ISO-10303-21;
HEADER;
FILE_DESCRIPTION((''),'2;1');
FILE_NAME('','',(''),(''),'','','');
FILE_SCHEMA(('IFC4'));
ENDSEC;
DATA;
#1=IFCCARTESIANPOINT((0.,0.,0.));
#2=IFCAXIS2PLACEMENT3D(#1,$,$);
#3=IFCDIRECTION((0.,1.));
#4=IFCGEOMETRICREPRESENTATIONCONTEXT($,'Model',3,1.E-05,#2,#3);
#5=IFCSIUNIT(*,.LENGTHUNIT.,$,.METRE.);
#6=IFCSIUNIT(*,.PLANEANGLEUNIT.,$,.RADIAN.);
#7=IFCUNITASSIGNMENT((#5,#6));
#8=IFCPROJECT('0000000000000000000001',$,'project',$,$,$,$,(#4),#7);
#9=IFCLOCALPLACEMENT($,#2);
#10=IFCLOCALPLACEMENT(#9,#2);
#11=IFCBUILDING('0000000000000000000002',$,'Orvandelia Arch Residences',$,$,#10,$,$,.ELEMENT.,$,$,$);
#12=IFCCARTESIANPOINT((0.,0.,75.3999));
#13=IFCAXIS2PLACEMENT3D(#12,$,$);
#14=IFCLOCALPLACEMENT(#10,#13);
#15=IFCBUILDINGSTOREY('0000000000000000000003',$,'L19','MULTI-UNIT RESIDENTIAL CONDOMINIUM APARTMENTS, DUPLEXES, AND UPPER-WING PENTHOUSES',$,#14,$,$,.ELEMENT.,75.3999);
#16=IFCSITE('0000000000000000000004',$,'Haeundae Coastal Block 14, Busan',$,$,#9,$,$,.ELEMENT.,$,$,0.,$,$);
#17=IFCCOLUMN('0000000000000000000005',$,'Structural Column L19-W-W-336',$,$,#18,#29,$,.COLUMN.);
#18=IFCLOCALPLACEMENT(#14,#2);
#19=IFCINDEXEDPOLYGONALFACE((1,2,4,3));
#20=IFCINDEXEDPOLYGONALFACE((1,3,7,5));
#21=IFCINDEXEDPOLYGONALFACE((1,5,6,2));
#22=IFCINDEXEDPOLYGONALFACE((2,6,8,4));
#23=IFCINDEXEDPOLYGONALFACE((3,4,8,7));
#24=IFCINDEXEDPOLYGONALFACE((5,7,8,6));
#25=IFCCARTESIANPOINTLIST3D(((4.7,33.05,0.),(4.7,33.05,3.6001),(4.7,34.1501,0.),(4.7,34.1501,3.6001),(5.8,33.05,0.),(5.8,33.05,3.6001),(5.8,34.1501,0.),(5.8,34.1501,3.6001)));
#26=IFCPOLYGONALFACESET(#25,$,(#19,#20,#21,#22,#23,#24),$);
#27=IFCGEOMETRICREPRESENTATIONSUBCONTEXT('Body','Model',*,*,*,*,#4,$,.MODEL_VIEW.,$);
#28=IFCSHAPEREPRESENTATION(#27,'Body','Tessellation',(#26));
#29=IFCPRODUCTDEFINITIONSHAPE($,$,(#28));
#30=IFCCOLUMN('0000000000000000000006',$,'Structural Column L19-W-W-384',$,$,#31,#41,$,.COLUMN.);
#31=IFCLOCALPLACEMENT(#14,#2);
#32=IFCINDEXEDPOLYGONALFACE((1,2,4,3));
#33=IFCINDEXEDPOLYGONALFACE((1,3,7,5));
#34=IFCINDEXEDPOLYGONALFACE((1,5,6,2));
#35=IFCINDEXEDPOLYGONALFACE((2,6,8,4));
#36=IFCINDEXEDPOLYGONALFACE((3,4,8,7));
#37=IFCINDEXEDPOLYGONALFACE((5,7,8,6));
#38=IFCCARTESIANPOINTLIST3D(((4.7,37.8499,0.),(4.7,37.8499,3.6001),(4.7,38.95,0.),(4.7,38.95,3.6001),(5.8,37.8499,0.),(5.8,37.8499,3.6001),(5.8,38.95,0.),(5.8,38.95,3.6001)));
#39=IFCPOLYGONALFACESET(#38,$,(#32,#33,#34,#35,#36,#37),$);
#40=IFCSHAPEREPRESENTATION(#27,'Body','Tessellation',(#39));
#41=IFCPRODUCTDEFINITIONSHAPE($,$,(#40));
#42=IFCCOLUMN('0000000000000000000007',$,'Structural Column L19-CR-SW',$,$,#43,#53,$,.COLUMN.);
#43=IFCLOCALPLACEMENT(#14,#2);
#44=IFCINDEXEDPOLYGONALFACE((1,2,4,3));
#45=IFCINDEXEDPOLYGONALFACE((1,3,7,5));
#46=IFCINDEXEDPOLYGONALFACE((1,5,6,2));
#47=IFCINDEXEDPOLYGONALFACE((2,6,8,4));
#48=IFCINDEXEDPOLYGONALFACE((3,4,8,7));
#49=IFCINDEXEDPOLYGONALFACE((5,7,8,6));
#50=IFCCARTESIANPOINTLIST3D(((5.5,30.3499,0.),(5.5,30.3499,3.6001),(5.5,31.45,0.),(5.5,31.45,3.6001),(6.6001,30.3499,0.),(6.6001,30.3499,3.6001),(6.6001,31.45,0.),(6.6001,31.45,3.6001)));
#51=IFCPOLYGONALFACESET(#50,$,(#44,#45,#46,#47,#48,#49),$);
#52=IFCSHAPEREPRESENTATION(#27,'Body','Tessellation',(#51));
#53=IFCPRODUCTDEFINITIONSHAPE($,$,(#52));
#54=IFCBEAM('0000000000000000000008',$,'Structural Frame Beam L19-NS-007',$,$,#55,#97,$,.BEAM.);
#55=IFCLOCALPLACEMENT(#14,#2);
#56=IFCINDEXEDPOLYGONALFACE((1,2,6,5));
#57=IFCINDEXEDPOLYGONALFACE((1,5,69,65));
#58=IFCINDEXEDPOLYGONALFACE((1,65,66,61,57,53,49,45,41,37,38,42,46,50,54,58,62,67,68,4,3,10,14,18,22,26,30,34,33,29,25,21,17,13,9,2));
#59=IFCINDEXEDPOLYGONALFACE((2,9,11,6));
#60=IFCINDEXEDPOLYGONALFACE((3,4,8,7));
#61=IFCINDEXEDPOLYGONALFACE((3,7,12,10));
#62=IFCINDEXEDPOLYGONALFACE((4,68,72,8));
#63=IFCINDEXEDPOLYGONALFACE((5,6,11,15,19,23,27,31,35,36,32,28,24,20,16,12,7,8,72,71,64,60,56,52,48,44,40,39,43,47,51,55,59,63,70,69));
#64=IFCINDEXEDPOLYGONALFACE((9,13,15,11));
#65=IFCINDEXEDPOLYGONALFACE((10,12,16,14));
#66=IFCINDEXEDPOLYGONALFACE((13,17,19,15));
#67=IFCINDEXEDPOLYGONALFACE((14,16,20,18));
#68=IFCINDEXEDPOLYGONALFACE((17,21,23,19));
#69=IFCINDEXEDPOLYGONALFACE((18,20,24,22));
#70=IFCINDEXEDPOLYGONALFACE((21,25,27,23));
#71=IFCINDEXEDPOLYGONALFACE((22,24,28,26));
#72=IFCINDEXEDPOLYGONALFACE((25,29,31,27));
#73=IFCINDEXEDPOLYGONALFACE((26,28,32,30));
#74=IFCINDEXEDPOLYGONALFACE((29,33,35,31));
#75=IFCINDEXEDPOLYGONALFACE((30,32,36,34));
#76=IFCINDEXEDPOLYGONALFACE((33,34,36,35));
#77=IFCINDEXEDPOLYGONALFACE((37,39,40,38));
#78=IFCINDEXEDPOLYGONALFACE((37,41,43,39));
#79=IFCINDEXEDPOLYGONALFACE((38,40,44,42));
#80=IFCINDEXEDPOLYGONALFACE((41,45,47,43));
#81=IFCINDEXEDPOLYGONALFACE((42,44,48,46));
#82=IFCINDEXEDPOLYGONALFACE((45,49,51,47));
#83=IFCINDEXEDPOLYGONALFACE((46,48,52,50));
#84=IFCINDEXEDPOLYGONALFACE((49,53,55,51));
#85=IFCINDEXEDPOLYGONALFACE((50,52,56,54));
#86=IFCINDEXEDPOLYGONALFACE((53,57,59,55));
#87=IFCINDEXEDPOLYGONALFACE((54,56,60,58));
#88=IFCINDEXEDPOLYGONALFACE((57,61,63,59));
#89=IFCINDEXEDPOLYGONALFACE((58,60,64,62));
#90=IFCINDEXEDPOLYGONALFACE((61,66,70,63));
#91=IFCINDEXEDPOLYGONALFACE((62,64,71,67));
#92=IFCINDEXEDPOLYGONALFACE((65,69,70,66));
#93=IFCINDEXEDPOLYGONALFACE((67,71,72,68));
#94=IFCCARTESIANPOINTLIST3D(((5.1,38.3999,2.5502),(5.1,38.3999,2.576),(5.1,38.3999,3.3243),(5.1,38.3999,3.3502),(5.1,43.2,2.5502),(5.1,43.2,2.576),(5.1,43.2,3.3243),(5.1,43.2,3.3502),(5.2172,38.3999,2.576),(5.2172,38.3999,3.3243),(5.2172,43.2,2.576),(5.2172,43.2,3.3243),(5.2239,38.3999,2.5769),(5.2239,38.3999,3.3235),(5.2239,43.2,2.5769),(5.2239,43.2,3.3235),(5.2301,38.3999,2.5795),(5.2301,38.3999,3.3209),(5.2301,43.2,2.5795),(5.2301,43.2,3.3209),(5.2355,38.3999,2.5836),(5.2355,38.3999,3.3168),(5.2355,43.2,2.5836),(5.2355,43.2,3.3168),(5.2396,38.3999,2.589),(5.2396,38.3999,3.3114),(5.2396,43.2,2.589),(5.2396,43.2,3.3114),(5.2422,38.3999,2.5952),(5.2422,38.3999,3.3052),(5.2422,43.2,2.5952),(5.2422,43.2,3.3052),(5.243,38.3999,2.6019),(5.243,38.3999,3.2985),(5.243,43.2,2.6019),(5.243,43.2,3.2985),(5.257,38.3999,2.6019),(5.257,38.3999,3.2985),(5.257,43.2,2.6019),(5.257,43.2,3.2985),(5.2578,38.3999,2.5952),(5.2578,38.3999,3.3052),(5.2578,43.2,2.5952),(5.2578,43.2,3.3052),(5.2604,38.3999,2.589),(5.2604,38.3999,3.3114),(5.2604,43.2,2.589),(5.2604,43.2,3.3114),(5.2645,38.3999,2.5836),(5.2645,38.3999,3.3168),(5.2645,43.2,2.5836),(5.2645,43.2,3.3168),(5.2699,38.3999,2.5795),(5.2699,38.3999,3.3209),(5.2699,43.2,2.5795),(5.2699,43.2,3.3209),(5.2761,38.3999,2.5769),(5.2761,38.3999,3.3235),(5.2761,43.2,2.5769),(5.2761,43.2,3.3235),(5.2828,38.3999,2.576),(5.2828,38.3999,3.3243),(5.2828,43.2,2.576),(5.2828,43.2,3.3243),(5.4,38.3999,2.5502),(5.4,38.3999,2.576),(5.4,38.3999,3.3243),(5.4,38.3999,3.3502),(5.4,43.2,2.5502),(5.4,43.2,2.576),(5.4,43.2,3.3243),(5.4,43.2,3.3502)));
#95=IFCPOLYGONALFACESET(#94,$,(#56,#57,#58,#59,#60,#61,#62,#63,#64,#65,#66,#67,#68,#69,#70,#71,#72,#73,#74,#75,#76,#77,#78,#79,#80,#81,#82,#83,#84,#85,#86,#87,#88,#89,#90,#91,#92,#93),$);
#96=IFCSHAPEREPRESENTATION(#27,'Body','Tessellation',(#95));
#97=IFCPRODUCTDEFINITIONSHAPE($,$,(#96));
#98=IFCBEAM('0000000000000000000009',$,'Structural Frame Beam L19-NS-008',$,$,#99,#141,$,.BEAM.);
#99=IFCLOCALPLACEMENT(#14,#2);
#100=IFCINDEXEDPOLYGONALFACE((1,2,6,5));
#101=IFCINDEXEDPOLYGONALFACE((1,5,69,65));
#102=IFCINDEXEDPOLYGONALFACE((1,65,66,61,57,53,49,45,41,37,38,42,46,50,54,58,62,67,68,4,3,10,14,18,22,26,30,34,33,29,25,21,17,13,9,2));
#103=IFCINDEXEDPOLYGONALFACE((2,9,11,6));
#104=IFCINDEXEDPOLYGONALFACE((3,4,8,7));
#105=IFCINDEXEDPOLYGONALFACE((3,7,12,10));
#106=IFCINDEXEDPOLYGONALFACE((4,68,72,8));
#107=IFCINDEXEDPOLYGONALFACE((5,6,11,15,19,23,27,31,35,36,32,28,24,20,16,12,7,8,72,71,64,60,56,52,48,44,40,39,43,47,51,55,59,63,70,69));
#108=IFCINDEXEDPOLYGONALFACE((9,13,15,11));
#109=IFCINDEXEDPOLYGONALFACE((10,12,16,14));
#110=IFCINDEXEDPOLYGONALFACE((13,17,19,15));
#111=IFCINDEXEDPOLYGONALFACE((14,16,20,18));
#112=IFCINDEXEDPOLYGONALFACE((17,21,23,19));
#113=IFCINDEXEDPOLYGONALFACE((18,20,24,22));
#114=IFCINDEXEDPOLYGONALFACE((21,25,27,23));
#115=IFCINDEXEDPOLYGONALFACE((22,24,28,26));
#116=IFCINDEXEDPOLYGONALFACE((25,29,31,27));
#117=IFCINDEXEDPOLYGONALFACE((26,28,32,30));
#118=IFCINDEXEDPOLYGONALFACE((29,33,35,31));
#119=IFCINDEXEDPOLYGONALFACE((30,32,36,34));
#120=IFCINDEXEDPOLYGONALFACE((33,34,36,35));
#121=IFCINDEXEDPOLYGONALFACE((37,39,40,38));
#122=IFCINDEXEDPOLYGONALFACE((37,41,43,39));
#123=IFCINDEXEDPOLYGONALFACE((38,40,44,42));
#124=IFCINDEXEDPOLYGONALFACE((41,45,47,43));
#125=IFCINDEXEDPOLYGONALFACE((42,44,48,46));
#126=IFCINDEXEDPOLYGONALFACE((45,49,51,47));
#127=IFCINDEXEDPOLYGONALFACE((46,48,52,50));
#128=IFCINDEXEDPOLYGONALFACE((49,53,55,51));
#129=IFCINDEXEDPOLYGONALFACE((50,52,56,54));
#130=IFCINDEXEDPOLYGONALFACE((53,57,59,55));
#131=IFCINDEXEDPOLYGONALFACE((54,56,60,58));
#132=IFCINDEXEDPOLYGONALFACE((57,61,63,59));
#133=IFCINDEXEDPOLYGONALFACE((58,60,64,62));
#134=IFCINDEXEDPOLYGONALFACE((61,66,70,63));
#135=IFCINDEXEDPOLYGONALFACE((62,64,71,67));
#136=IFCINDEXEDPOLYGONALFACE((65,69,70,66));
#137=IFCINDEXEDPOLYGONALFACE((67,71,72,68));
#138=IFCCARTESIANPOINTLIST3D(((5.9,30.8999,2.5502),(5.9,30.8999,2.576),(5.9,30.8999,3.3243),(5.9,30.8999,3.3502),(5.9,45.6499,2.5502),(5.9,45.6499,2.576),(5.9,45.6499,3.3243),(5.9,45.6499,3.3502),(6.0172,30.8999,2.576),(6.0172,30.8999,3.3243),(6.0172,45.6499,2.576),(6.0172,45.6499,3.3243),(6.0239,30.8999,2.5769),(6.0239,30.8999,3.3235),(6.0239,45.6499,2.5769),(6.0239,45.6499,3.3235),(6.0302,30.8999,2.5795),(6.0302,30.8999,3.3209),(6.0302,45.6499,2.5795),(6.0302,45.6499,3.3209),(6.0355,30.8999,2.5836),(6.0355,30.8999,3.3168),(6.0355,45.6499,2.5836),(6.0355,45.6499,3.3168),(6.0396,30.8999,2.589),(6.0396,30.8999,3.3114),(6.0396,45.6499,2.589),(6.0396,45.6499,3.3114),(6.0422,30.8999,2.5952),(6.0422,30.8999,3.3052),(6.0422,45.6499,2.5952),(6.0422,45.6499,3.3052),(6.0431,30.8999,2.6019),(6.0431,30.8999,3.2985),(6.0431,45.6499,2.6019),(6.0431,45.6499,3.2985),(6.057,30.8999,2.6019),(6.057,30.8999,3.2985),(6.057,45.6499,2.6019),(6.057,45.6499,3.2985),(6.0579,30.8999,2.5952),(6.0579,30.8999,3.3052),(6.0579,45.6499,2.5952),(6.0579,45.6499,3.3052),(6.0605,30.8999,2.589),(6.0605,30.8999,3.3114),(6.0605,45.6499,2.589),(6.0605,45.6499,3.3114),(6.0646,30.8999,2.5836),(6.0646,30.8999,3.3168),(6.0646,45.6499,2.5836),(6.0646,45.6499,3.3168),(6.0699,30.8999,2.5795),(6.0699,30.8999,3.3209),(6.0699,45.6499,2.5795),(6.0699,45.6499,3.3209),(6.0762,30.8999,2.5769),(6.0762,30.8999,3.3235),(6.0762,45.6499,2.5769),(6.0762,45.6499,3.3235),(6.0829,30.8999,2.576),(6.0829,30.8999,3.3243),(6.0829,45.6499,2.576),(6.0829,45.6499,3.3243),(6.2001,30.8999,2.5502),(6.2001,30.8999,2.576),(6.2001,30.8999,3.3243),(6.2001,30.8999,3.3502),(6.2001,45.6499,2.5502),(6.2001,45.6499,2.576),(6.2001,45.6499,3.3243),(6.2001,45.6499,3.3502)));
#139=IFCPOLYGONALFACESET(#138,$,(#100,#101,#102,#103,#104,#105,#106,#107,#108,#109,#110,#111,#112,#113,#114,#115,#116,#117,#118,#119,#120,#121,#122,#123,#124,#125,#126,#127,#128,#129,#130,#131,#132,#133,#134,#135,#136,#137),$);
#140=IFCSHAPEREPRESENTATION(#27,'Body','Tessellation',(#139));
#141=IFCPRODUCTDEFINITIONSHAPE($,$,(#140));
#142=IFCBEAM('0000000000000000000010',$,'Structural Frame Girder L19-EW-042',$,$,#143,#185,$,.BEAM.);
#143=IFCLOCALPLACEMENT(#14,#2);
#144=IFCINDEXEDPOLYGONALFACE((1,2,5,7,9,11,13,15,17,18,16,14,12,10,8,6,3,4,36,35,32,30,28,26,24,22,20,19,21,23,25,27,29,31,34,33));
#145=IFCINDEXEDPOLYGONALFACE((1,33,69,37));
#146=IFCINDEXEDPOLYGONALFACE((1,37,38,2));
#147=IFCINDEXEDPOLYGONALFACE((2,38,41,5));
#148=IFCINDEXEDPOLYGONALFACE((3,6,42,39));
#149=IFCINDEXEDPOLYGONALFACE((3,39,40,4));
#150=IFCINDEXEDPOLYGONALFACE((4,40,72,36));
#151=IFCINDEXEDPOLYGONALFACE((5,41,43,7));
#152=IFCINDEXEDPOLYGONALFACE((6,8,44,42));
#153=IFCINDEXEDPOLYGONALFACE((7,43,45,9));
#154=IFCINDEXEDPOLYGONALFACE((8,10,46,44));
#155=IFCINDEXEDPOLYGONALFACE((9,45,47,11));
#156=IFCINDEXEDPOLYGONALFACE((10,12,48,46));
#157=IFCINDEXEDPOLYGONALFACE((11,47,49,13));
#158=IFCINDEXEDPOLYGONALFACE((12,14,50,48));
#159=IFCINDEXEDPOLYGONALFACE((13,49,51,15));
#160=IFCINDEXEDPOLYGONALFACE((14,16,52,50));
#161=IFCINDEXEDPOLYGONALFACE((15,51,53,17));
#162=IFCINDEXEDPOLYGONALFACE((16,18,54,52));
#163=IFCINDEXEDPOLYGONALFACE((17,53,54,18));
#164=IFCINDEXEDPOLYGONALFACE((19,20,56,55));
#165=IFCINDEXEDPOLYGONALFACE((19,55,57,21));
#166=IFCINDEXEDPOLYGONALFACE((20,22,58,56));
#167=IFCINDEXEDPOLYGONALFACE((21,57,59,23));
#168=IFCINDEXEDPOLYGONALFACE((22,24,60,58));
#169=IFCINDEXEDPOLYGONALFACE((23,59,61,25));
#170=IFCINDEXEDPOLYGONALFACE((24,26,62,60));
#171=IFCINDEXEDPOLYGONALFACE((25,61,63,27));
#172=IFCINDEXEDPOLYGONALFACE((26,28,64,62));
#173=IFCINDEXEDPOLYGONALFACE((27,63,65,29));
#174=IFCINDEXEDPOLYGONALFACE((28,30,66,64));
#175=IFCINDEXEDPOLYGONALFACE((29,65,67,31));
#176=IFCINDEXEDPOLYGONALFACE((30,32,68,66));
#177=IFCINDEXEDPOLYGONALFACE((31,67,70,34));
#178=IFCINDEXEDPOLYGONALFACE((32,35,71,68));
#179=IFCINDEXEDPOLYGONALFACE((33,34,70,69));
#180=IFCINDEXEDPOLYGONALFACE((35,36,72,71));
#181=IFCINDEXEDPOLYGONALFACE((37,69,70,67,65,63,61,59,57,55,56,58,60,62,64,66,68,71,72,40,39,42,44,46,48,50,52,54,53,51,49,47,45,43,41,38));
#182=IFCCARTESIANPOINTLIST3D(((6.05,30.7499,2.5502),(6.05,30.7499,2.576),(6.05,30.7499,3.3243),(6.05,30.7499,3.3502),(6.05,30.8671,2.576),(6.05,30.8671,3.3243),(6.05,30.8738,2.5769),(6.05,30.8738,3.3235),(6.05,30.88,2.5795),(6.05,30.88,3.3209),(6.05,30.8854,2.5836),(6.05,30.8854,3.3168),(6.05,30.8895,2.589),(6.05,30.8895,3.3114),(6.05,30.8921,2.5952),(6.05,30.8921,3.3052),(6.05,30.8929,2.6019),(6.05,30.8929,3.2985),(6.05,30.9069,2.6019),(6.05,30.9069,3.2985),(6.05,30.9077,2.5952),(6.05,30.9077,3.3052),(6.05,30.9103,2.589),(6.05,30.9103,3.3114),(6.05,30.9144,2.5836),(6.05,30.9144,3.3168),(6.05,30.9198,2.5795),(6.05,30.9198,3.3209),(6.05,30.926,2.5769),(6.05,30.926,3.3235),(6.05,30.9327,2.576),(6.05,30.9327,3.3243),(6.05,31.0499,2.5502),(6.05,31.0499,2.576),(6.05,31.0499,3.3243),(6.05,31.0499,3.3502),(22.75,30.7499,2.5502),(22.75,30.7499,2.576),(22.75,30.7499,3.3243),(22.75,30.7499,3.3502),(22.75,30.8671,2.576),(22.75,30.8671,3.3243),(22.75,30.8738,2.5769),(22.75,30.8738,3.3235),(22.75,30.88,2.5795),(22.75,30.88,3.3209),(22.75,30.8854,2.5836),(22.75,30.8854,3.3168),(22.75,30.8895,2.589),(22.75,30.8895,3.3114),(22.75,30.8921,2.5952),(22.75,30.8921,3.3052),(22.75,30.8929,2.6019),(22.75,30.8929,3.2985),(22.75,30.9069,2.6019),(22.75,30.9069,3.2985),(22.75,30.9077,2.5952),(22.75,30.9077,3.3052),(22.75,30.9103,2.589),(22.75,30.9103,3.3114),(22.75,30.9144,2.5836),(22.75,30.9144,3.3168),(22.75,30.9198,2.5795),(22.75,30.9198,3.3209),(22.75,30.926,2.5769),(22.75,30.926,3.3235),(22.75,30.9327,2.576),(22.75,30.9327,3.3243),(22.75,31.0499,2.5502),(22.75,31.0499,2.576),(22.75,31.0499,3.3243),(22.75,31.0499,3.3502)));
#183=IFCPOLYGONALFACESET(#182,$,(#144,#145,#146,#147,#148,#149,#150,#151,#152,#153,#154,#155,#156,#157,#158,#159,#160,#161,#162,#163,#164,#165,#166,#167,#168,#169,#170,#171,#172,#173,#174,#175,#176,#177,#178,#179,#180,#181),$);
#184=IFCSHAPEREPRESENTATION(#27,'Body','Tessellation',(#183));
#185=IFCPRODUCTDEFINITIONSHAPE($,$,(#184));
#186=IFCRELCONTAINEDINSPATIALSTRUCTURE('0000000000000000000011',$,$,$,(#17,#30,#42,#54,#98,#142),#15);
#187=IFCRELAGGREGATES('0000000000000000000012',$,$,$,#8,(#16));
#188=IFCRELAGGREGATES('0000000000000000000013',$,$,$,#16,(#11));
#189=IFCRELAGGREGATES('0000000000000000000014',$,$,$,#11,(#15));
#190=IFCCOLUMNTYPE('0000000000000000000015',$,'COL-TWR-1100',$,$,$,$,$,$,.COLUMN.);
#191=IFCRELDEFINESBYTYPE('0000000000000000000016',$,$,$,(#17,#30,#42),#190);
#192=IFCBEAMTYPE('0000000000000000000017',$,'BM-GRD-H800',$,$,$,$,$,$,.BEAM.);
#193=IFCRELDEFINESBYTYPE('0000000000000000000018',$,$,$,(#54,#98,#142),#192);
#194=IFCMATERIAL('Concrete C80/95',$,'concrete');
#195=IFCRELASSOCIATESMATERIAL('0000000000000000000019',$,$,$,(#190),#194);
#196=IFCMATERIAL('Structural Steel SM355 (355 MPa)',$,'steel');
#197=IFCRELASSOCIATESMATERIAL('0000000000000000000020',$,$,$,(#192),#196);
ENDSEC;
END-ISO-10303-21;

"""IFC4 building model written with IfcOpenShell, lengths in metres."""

from ifc_helpers import new_model, si_unit, direction, frame, origin, origin_2d, place, context, subcontext, project, spatial, rectangle, i_section, extrude, material, material_profile, profile_set, type_object, element, save


model = new_model("IFC4")

# Units and contexts
model_context = context("Model", 3, precision=1e-05, world=origin(), true_north=direction((0.0, 1.0)))
body_context = subcontext(model_context, "Body", "Model", "MODEL_VIEW")
ifc_project = project(units=[si_unit("LENGTHUNIT", "METRE"), si_unit("PLANEANGLEUNIT", "RADIAN")], contexts=[model_context])

# Site, building, storey
site_placement = place(None, origin())
site = spatial("IfcSite", under=ifc_project, at=site_placement, Name="Haeundae Coastal Block 14, Busan", CompositionType="ELEMENT", RefElevation=0.0)
building_placement = place(site_placement, origin())
building = spatial("IfcBuilding", under=site, at=building_placement, Name="Orvandelia Arch Residences", CompositionType="ELEMENT")
storey_placement = place(building_placement, frame((0.0, 0.0, 75.3999)))
storey = spatial("IfcBuildingStorey", under=building, at=storey_placement, Name="L19", Description="MULTI-UNIT RESIDENTIAL CONDOMINIUM APARTMENTS, DUPLEXES, AND UPPER-WING PENTHOUSES", CompositionType="ELEMENT", Elevation=75.3999)

# Columns
ifc_material_1 = material(Name="Concrete C80/95", Category="concrete")
ifc_material_profile_1 = material_profile(ifc_material_1, rectangle(XDim=1.1001, YDim=1.1001, at=origin_2d()), Name="Concrete C80/95", Category="concrete")
ifc_profile_set_1 = profile_set([ifc_material_profile_1], Name="Concrete C80/95")
column_type = type_object("IfcColumnType", Name="COL-TWR-1100", PredefinedType="COLUMN", material=ifc_profile_set_1)
for number, where, z_axis, x_axis, name in (
    (1, (5.25, 33.6001, 0.0), (0.0, 0.0, 1.0), (1.0, 0.0, 0.0), "Structural Column L19-W-W-336"),
    (2, (5.25, 38.3999, 0.0), (0.0, 0.0, 1.0), (1.0, 0.0, 0.0), "Structural Column L19-W-W-384"),
    (3, (6.05, 30.8999, 0.0), (0.0, 0.0, 1.0), (1.0, 0.0, 0.0), "Structural Column L19-CR-SW"),
):
    element("IfcColumn", number, at=place(storey_placement, frame(where, z_axis=z_axis, x_axis=x_axis)), inside=storey, type_object=column_type, Name=name, PredefinedType="COLUMN", context=body_context, shape_type="SweptSolid", body=[
        extrude(rectangle(XDim=1.1001, YDim=1.1001, at=origin_2d()), origin(), (0.0, 0.0, 1.0), 3.6001),
    ])

# Beams
ifc_material_2 = material(Name="Structural Steel SM355 (355 MPa)", Category="steel")
ifc_material_profile_2 = material_profile(ifc_material_2, i_section(OverallWidth=0.3, OverallDepth=0.8, WebThickness=0.0139, FlangeThickness=0.0259, FilletRadius=0.0259, at=origin_2d()), Name="Structural Steel SM355 (355 MPa)", Category="steel")
ifc_profile_set_2 = profile_set([ifc_material_profile_2], Name="Structural Steel SM355 (355 MPa)")
beam_type_1 = type_object("IfcBeamType", Name="BM-GRD-H800", PredefinedType="BEAM", material=ifc_profile_set_2)
beam_1_placement = place(storey_placement, frame((5.25, 38.3999, 2.9502), z_axis=(0.0, 1.0, 0.0), x_axis=(-1.0, 0.0, 0.0)))
element("IfcBeam", 4, at=beam_1_placement, inside=storey, type_object=beam_type_1, Name="Structural Frame Beam L19-NS-007", PredefinedType="BEAM", context=body_context, shape_type="SweptSolid", body=[
    extrude(i_section(OverallWidth=0.3, OverallDepth=0.8, WebThickness=0.0139, FlangeThickness=0.0259, FilletRadius=0.0259, at=origin_2d()), origin(), (0.0, 0.0, 1.0), 4.8),
])
beam_2_placement = place(storey_placement, frame((6.05, 30.8999, 2.9502), z_axis=(0.0, 1.0, 0.0), x_axis=(-1.0, 0.0, 0.0)))
element("IfcBeam", 5, at=beam_2_placement, inside=storey, type_object=beam_type_1, Name="Structural Frame Beam L19-NS-008", PredefinedType="BEAM", context=body_context, shape_type="SweptSolid", body=[
    extrude(i_section(OverallWidth=0.3, OverallDepth=0.8, WebThickness=0.0139, FlangeThickness=0.0259, FilletRadius=0.0259, at=origin_2d()), origin(), (0.0, 0.0, 1.0), 14.75),
])
beam_3_placement = place(storey_placement, frame((6.05, 30.8999, 2.9502), z_axis=(1.0, 0.0, 0.0), x_axis=(0.0, 1.0, 0.0)))
element("IfcBeam", 6, at=beam_3_placement, inside=storey, type_object=beam_type_1, Name="Structural Frame Girder L19-EW-042", PredefinedType="BEAM", context=body_context, shape_type="SweptSolid", body=[
    extrude(i_section(OverallWidth=0.3, OverallDepth=0.8, WebThickness=0.0139, FlangeThickness=0.0259, FilletRadius=0.0259, at=origin_2d()), origin(), (0.0, 0.0, 1.0), 16.7),
])

save(model, "model.ifc")
